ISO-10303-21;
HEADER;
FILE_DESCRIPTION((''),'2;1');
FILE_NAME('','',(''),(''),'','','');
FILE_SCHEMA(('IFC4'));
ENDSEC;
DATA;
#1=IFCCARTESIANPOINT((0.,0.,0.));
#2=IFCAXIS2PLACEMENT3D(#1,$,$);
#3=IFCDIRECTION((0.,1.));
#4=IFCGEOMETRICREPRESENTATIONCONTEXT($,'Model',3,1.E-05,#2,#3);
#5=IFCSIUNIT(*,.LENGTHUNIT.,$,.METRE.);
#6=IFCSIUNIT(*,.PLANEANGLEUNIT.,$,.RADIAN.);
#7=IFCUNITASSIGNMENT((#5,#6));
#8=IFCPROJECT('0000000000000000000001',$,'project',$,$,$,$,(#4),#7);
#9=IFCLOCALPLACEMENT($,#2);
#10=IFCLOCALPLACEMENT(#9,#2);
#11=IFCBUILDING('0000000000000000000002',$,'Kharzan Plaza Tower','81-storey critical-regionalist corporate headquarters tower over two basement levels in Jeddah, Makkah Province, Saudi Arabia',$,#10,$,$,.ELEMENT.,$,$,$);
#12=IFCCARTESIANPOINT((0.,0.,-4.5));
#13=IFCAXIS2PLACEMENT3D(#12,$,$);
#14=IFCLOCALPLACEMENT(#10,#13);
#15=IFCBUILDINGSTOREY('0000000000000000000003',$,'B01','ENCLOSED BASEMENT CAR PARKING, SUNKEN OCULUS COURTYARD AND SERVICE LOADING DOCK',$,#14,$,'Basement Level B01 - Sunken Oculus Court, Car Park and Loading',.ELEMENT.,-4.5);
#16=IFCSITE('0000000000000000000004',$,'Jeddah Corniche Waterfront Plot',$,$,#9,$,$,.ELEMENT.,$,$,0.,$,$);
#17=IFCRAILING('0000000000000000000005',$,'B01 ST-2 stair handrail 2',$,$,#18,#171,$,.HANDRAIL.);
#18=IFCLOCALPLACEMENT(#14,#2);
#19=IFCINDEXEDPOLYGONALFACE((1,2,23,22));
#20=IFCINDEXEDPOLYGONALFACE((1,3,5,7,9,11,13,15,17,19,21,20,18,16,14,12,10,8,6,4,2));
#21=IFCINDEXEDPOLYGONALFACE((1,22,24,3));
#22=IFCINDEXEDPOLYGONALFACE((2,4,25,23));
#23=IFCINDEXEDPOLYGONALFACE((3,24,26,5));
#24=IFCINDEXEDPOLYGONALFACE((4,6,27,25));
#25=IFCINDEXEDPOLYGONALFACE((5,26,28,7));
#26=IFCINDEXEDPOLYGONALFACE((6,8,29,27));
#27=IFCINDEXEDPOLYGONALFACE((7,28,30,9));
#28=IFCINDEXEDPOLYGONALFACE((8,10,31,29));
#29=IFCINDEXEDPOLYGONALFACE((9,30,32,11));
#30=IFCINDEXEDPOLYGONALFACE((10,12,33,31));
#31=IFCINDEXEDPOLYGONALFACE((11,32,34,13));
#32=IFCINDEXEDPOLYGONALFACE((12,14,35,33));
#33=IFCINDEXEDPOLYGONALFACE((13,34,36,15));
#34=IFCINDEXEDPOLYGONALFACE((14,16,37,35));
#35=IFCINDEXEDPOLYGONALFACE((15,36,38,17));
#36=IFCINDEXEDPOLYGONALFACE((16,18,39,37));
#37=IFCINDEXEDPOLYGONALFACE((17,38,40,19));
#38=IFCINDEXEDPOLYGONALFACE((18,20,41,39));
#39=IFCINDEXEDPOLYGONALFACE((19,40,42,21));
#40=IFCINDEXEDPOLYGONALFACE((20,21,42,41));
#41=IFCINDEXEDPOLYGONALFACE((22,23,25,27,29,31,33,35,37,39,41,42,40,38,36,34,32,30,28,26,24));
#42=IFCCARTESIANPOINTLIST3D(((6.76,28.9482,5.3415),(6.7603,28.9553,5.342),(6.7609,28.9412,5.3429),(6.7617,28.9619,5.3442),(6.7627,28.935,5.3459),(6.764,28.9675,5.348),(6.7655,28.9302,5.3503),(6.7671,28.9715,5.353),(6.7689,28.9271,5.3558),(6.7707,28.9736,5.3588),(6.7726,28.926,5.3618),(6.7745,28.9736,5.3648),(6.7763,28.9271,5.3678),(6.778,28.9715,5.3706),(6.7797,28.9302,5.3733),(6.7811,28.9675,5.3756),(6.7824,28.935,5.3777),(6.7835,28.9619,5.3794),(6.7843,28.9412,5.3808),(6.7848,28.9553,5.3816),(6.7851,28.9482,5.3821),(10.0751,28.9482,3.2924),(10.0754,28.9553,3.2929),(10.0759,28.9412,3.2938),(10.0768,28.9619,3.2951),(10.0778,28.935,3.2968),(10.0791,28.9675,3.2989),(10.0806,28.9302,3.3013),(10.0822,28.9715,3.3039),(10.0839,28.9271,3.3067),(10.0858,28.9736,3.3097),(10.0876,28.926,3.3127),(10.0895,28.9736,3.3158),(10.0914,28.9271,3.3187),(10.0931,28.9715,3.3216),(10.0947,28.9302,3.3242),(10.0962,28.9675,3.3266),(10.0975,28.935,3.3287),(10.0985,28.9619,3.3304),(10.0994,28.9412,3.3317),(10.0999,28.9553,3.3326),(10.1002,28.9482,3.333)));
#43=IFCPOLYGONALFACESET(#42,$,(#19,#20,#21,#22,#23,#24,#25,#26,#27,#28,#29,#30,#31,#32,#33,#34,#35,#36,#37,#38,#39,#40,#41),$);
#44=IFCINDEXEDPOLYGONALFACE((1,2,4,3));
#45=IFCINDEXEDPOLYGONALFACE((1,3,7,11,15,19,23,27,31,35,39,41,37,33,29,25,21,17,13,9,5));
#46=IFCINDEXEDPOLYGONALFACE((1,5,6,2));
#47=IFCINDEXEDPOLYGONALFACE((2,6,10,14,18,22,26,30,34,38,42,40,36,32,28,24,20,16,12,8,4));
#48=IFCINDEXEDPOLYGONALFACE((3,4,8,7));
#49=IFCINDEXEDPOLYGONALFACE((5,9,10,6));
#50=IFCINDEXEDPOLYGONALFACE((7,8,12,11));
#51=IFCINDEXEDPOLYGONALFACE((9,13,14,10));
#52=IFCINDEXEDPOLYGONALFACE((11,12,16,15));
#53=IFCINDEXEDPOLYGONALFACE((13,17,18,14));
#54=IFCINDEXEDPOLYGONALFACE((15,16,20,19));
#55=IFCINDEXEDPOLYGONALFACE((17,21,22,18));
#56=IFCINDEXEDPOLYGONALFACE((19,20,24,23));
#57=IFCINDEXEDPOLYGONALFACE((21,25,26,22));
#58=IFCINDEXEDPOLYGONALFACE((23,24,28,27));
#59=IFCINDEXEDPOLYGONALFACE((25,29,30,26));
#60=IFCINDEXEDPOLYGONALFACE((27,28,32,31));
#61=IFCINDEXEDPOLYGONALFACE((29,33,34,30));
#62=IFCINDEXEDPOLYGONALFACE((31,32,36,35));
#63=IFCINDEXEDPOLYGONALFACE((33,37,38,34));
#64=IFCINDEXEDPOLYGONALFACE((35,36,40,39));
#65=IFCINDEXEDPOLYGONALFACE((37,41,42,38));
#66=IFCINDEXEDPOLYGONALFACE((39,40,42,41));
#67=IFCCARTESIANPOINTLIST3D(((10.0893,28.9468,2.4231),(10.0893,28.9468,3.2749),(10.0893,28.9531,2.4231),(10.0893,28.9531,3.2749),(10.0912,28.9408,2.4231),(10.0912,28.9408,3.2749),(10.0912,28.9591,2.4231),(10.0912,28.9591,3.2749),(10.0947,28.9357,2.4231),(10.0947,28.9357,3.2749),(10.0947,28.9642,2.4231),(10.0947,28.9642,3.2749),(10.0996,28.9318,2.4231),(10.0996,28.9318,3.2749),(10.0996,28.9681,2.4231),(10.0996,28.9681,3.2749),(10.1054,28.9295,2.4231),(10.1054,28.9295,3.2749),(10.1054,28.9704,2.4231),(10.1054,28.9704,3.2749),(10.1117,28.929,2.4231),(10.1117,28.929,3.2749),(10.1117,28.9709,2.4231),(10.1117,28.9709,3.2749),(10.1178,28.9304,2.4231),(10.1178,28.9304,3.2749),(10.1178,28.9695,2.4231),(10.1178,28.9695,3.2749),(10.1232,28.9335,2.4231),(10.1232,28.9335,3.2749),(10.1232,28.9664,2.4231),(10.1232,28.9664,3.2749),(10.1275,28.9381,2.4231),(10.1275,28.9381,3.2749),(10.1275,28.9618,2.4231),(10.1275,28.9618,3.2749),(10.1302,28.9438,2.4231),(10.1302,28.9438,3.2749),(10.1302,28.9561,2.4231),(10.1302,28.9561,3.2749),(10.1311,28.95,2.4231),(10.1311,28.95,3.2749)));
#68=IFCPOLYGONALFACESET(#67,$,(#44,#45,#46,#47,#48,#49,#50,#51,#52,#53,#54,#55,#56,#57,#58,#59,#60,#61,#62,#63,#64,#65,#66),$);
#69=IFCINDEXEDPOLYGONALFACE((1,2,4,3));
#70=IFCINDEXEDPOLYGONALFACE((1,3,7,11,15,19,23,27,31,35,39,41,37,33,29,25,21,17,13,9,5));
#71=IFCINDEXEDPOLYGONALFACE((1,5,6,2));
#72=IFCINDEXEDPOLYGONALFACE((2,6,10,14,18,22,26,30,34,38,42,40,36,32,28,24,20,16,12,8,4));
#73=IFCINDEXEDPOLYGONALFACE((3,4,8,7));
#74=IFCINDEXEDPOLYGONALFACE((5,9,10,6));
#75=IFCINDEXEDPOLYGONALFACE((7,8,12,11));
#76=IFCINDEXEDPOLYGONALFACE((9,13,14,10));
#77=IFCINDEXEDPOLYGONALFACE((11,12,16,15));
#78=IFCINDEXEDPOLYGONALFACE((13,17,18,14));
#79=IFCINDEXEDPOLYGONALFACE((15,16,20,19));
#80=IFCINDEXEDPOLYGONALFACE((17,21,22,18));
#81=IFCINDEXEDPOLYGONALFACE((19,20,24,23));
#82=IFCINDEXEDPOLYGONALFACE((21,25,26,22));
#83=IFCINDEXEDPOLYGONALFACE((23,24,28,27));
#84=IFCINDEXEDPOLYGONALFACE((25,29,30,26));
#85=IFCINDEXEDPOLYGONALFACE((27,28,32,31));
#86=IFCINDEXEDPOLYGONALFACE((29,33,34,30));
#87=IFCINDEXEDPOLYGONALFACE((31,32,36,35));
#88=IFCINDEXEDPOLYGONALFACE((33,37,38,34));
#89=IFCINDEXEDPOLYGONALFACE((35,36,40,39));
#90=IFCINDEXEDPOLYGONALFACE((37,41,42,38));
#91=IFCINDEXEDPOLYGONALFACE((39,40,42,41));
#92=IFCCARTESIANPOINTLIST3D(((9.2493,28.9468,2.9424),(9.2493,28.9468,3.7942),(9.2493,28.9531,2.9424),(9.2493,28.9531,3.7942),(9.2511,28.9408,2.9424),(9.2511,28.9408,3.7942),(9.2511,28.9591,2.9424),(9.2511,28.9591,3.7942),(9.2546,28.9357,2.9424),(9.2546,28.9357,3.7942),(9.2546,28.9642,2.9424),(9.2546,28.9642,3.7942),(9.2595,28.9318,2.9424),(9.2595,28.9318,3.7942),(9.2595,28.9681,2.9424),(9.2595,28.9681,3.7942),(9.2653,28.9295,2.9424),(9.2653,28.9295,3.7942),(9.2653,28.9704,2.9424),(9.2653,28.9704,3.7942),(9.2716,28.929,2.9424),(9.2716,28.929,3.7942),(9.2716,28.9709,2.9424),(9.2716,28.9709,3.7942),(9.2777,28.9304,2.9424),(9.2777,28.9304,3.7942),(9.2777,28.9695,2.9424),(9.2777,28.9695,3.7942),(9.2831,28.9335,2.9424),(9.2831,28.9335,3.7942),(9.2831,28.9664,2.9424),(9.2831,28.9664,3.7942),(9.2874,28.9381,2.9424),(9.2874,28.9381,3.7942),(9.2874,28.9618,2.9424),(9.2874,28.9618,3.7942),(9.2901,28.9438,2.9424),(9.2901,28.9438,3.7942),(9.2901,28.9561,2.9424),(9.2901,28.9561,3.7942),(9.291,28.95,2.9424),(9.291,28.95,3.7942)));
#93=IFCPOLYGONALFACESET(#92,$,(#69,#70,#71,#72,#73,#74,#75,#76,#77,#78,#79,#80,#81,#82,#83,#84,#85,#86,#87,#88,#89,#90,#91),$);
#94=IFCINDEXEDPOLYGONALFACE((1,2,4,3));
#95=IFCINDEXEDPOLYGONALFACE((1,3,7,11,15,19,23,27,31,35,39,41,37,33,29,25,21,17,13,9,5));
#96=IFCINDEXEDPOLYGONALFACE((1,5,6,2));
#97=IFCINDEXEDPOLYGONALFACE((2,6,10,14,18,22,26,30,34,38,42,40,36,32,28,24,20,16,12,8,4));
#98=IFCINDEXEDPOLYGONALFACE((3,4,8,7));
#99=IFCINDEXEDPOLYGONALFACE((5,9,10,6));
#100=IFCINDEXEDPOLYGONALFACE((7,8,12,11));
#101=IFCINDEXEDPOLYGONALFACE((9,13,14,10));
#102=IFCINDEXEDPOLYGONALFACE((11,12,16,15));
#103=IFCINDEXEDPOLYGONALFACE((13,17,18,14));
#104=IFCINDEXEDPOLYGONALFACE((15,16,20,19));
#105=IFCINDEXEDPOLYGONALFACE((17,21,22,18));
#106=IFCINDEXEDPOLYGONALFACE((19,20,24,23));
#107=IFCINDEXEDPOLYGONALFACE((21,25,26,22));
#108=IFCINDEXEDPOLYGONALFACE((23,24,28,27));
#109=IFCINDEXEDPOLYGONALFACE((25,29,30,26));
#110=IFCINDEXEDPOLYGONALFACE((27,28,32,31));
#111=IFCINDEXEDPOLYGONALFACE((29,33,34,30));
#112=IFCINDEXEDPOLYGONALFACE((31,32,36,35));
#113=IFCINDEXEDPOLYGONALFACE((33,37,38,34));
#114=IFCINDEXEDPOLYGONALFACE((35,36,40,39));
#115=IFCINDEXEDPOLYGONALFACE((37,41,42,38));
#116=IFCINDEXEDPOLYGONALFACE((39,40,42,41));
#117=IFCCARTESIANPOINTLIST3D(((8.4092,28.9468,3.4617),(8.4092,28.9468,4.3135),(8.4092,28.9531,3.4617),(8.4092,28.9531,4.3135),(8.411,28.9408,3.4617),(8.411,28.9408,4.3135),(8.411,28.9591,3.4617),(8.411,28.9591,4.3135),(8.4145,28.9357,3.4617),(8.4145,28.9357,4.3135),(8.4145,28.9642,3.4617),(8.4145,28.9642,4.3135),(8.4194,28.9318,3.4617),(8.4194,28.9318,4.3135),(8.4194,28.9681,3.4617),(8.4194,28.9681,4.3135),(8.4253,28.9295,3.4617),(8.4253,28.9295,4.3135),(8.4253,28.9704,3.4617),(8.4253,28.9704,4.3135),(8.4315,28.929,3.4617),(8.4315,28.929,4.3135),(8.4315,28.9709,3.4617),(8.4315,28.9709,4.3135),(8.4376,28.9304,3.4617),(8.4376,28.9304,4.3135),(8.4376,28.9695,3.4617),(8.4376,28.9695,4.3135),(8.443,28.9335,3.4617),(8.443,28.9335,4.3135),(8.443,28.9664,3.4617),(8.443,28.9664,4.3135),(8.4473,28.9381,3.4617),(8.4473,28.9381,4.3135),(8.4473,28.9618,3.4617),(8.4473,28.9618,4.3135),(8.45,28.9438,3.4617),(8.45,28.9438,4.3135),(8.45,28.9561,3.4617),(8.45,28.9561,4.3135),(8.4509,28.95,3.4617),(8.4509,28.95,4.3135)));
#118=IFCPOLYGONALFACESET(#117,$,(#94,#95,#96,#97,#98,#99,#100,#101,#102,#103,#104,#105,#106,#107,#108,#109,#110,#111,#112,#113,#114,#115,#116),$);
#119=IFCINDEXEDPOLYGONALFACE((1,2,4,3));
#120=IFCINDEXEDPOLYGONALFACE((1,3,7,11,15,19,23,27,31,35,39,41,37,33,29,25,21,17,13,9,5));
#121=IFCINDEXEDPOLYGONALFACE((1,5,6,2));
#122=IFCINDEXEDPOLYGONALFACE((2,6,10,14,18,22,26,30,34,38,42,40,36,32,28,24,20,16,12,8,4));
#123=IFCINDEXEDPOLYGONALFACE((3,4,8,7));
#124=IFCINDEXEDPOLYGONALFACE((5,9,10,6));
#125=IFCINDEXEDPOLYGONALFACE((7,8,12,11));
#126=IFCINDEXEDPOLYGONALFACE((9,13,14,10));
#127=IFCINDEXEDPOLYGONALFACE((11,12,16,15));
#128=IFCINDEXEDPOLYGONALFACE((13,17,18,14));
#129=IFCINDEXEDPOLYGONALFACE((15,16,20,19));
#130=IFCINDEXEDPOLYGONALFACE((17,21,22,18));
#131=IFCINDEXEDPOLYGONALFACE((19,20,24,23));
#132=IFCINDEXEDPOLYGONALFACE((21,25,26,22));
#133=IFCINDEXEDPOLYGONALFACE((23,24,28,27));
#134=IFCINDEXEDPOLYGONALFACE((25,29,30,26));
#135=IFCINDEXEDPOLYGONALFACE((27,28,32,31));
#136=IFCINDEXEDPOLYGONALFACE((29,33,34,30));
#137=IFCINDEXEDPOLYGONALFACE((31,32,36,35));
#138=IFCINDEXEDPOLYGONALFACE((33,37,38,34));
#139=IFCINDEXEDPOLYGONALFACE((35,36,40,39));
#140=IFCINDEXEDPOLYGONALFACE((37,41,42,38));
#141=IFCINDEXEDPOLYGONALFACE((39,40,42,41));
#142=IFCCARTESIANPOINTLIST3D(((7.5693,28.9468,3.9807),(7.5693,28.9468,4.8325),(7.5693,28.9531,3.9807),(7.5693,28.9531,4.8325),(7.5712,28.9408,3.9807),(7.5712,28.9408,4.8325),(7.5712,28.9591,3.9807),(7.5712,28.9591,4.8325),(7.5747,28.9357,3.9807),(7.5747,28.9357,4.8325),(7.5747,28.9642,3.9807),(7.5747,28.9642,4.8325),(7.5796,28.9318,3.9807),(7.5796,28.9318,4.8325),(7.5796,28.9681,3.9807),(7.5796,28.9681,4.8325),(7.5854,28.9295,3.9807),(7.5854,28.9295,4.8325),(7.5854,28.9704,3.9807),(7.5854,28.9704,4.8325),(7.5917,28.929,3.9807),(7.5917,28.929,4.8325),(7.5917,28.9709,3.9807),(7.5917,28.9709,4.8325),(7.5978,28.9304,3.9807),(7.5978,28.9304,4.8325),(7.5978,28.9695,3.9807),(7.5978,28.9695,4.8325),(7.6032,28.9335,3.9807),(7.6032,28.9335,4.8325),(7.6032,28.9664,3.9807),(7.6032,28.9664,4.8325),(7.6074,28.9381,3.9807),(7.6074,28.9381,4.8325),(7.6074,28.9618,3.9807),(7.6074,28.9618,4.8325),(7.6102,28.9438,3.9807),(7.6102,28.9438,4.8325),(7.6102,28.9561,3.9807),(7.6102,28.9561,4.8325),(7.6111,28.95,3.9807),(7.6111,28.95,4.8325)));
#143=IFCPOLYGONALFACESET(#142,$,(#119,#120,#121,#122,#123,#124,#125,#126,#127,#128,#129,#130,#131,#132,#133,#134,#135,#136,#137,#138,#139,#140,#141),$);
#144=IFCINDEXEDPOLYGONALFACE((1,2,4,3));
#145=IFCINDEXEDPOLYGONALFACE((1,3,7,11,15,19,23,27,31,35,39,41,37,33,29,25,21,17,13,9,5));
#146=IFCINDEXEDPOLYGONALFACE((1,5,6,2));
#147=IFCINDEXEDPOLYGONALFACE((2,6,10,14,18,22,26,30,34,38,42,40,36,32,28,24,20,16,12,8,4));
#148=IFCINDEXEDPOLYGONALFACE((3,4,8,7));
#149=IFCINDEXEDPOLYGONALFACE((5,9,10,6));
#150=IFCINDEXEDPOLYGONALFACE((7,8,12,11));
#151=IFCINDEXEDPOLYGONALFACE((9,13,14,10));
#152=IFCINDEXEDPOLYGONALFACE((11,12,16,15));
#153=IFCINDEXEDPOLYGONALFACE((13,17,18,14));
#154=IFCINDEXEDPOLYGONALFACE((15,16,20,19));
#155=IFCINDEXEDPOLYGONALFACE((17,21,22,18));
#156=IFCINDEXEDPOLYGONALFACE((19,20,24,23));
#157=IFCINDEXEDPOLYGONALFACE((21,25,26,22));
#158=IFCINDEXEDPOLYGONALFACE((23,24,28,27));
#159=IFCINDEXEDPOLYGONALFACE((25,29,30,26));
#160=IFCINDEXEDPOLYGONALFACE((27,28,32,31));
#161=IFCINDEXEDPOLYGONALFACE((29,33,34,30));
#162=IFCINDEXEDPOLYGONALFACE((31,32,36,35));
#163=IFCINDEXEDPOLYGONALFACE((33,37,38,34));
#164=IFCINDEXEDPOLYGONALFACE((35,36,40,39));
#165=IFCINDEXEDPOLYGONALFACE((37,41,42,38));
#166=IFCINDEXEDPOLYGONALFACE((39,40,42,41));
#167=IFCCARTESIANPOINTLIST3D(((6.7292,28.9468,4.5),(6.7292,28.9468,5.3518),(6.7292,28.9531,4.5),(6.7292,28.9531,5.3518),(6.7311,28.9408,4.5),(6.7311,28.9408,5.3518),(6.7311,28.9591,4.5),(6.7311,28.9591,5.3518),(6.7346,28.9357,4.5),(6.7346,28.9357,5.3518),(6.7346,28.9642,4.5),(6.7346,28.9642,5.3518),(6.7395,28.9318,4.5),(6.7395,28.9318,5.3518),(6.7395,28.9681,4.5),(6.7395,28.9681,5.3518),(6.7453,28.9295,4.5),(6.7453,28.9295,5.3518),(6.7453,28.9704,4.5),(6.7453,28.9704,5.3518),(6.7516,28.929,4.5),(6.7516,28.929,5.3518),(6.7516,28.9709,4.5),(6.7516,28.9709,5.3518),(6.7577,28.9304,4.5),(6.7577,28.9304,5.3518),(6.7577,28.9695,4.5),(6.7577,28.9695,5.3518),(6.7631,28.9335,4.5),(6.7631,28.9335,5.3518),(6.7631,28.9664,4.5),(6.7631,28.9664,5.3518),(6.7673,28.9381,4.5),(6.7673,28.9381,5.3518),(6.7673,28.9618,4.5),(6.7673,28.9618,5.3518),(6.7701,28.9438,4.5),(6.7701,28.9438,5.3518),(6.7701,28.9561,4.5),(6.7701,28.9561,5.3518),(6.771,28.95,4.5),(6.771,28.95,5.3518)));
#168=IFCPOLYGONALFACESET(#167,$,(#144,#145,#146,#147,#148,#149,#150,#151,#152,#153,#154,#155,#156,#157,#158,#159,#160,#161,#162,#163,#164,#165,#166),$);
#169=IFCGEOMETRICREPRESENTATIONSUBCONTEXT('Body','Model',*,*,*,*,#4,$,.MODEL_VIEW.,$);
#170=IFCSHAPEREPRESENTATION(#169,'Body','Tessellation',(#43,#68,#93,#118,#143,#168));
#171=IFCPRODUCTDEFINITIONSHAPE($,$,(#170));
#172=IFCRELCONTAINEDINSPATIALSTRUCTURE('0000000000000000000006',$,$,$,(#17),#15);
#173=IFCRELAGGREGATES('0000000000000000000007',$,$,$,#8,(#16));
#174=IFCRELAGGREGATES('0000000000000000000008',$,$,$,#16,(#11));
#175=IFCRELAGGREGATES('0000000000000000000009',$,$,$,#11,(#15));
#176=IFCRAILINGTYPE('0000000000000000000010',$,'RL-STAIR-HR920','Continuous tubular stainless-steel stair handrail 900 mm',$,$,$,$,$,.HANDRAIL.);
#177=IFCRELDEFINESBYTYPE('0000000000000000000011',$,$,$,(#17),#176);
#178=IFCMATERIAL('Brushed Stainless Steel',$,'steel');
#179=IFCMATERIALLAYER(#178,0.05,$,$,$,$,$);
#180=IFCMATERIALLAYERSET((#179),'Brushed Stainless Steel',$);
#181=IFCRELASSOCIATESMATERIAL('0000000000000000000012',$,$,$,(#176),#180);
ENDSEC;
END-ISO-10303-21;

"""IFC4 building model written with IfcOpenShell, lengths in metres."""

from ifc_helpers import new_model, si_unit, direction, frame, origin, origin_2d, place, context, subcontext, project, spatial, circle, extrude, source, transform, mapped, material, layer, layer_set, type_object, element, save


model = new_model("IFC4")

# Units and contexts
model_context = context("Model", 3, precision=1e-05, world=origin(), true_north=direction((0.0, 1.0)))
body_context = subcontext(model_context, "Body", "Model", "MODEL_VIEW")
ifc_project = project(units=[si_unit("LENGTHUNIT", "METRE"), si_unit("PLANEANGLEUNIT", "RADIAN")], contexts=[model_context])

# Site, building, storey
site_placement = place(None, origin())
site = spatial("IfcSite", under=ifc_project, at=site_placement, Name="Jeddah Corniche Waterfront Plot", CompositionType="ELEMENT", RefElevation=0.0)
building_placement = place(site_placement, origin())
building = spatial("IfcBuilding", under=site, at=building_placement, Name="Kharzan Plaza Tower", Description="81-storey critical-regionalist corporate headquarters tower over two basement levels in Jeddah, Makkah Province, Saudi Arabia", CompositionType="ELEMENT")
storey_placement = place(building_placement, frame((0.0, 0.0, -4.5)))
storey = spatial("IfcBuildingStorey", under=building, at=storey_placement, Name="B01", Description="ENCLOSED BASEMENT CAR PARKING, SUNKEN OCULUS COURTYARD AND SERVICE LOADING DOCK", LongName="Basement Level B01 - Sunken Oculus Court, Car Park and Loading", CompositionType="ELEMENT", Elevation=-4.5)

# Shared definitions
ifc_material_1 = material(Name="Brushed Stainless Steel", Category="steel")

# Railing
ifc_layer_1 = layer(ifc_material_1, 0.05)
ifc_layer_set_1 = layer_set([ifc_layer_1], Name="Brushed Stainless Steel")
railing_type_1 = type_object("IfcRailingType", Name="RL-STAIR-HR920", Description="Continuous tubular stainless-steel stair handrail 900 mm", PredefinedType="HANDRAIL", material=ifc_layer_set_1)
shared_shape_1 = source(origin(), body_context, "Body", "SweptSolid", [
    extrude(circle(Radius=0.0239, at=origin_2d()), frame((-0.0225, 0.0, 0.8896), z_axis=(-0.850623, 0.0, 0.525776), x_axis=(0.0, -1.0, 0.0)), (0.0, 0.0, 1.0), 3.8972),
    extrude(circle(Radius=0.021, at=origin_2d()), origin(), (0.0, 0.0, 1.0), 0.8518),
    extrude(circle(Radius=0.021, at=origin_2d()), frame((-0.8401, 0.0, 0.5193)), (0.0, 0.0, 1.0), 0.8518),
    extrude(circle(Radius=0.021, at=origin_2d()), frame((-1.6802, 0.0, 1.0386)), (0.0, 0.0, 1.0), 0.8518),
    extrude(circle(Radius=0.021, at=origin_2d()), frame((-2.52, 0.0, 1.5576)), (0.0, 0.0, 1.0), 0.8518),
    extrude(circle(Radius=0.021, at=origin_2d()), frame((-3.3601, 0.0, 2.0769)), (0.0, 0.0, 1.0), 0.8518),
])
railing_1_placement = place(storey_placement, frame((10.1101, 28.95, 2.4231)))
element("IfcRailing", 1, at=railing_1_placement, inside=storey, type_object=railing_type_1, Name="B01 ST-2 stair handrail 2", PredefinedType="HANDRAIL", context=body_context, shape_type="MappedRepresentation", body=[
    mapped(shared_shape_1, transform((0.0, 0.0, 0.0), x_axis=(1.0, 0.0, 0.0), y_axis=(0.0, 1.0, 0.0), z_axis=(0.0, 0.0, 1.0))),
])

save(model, "model.ifc")
